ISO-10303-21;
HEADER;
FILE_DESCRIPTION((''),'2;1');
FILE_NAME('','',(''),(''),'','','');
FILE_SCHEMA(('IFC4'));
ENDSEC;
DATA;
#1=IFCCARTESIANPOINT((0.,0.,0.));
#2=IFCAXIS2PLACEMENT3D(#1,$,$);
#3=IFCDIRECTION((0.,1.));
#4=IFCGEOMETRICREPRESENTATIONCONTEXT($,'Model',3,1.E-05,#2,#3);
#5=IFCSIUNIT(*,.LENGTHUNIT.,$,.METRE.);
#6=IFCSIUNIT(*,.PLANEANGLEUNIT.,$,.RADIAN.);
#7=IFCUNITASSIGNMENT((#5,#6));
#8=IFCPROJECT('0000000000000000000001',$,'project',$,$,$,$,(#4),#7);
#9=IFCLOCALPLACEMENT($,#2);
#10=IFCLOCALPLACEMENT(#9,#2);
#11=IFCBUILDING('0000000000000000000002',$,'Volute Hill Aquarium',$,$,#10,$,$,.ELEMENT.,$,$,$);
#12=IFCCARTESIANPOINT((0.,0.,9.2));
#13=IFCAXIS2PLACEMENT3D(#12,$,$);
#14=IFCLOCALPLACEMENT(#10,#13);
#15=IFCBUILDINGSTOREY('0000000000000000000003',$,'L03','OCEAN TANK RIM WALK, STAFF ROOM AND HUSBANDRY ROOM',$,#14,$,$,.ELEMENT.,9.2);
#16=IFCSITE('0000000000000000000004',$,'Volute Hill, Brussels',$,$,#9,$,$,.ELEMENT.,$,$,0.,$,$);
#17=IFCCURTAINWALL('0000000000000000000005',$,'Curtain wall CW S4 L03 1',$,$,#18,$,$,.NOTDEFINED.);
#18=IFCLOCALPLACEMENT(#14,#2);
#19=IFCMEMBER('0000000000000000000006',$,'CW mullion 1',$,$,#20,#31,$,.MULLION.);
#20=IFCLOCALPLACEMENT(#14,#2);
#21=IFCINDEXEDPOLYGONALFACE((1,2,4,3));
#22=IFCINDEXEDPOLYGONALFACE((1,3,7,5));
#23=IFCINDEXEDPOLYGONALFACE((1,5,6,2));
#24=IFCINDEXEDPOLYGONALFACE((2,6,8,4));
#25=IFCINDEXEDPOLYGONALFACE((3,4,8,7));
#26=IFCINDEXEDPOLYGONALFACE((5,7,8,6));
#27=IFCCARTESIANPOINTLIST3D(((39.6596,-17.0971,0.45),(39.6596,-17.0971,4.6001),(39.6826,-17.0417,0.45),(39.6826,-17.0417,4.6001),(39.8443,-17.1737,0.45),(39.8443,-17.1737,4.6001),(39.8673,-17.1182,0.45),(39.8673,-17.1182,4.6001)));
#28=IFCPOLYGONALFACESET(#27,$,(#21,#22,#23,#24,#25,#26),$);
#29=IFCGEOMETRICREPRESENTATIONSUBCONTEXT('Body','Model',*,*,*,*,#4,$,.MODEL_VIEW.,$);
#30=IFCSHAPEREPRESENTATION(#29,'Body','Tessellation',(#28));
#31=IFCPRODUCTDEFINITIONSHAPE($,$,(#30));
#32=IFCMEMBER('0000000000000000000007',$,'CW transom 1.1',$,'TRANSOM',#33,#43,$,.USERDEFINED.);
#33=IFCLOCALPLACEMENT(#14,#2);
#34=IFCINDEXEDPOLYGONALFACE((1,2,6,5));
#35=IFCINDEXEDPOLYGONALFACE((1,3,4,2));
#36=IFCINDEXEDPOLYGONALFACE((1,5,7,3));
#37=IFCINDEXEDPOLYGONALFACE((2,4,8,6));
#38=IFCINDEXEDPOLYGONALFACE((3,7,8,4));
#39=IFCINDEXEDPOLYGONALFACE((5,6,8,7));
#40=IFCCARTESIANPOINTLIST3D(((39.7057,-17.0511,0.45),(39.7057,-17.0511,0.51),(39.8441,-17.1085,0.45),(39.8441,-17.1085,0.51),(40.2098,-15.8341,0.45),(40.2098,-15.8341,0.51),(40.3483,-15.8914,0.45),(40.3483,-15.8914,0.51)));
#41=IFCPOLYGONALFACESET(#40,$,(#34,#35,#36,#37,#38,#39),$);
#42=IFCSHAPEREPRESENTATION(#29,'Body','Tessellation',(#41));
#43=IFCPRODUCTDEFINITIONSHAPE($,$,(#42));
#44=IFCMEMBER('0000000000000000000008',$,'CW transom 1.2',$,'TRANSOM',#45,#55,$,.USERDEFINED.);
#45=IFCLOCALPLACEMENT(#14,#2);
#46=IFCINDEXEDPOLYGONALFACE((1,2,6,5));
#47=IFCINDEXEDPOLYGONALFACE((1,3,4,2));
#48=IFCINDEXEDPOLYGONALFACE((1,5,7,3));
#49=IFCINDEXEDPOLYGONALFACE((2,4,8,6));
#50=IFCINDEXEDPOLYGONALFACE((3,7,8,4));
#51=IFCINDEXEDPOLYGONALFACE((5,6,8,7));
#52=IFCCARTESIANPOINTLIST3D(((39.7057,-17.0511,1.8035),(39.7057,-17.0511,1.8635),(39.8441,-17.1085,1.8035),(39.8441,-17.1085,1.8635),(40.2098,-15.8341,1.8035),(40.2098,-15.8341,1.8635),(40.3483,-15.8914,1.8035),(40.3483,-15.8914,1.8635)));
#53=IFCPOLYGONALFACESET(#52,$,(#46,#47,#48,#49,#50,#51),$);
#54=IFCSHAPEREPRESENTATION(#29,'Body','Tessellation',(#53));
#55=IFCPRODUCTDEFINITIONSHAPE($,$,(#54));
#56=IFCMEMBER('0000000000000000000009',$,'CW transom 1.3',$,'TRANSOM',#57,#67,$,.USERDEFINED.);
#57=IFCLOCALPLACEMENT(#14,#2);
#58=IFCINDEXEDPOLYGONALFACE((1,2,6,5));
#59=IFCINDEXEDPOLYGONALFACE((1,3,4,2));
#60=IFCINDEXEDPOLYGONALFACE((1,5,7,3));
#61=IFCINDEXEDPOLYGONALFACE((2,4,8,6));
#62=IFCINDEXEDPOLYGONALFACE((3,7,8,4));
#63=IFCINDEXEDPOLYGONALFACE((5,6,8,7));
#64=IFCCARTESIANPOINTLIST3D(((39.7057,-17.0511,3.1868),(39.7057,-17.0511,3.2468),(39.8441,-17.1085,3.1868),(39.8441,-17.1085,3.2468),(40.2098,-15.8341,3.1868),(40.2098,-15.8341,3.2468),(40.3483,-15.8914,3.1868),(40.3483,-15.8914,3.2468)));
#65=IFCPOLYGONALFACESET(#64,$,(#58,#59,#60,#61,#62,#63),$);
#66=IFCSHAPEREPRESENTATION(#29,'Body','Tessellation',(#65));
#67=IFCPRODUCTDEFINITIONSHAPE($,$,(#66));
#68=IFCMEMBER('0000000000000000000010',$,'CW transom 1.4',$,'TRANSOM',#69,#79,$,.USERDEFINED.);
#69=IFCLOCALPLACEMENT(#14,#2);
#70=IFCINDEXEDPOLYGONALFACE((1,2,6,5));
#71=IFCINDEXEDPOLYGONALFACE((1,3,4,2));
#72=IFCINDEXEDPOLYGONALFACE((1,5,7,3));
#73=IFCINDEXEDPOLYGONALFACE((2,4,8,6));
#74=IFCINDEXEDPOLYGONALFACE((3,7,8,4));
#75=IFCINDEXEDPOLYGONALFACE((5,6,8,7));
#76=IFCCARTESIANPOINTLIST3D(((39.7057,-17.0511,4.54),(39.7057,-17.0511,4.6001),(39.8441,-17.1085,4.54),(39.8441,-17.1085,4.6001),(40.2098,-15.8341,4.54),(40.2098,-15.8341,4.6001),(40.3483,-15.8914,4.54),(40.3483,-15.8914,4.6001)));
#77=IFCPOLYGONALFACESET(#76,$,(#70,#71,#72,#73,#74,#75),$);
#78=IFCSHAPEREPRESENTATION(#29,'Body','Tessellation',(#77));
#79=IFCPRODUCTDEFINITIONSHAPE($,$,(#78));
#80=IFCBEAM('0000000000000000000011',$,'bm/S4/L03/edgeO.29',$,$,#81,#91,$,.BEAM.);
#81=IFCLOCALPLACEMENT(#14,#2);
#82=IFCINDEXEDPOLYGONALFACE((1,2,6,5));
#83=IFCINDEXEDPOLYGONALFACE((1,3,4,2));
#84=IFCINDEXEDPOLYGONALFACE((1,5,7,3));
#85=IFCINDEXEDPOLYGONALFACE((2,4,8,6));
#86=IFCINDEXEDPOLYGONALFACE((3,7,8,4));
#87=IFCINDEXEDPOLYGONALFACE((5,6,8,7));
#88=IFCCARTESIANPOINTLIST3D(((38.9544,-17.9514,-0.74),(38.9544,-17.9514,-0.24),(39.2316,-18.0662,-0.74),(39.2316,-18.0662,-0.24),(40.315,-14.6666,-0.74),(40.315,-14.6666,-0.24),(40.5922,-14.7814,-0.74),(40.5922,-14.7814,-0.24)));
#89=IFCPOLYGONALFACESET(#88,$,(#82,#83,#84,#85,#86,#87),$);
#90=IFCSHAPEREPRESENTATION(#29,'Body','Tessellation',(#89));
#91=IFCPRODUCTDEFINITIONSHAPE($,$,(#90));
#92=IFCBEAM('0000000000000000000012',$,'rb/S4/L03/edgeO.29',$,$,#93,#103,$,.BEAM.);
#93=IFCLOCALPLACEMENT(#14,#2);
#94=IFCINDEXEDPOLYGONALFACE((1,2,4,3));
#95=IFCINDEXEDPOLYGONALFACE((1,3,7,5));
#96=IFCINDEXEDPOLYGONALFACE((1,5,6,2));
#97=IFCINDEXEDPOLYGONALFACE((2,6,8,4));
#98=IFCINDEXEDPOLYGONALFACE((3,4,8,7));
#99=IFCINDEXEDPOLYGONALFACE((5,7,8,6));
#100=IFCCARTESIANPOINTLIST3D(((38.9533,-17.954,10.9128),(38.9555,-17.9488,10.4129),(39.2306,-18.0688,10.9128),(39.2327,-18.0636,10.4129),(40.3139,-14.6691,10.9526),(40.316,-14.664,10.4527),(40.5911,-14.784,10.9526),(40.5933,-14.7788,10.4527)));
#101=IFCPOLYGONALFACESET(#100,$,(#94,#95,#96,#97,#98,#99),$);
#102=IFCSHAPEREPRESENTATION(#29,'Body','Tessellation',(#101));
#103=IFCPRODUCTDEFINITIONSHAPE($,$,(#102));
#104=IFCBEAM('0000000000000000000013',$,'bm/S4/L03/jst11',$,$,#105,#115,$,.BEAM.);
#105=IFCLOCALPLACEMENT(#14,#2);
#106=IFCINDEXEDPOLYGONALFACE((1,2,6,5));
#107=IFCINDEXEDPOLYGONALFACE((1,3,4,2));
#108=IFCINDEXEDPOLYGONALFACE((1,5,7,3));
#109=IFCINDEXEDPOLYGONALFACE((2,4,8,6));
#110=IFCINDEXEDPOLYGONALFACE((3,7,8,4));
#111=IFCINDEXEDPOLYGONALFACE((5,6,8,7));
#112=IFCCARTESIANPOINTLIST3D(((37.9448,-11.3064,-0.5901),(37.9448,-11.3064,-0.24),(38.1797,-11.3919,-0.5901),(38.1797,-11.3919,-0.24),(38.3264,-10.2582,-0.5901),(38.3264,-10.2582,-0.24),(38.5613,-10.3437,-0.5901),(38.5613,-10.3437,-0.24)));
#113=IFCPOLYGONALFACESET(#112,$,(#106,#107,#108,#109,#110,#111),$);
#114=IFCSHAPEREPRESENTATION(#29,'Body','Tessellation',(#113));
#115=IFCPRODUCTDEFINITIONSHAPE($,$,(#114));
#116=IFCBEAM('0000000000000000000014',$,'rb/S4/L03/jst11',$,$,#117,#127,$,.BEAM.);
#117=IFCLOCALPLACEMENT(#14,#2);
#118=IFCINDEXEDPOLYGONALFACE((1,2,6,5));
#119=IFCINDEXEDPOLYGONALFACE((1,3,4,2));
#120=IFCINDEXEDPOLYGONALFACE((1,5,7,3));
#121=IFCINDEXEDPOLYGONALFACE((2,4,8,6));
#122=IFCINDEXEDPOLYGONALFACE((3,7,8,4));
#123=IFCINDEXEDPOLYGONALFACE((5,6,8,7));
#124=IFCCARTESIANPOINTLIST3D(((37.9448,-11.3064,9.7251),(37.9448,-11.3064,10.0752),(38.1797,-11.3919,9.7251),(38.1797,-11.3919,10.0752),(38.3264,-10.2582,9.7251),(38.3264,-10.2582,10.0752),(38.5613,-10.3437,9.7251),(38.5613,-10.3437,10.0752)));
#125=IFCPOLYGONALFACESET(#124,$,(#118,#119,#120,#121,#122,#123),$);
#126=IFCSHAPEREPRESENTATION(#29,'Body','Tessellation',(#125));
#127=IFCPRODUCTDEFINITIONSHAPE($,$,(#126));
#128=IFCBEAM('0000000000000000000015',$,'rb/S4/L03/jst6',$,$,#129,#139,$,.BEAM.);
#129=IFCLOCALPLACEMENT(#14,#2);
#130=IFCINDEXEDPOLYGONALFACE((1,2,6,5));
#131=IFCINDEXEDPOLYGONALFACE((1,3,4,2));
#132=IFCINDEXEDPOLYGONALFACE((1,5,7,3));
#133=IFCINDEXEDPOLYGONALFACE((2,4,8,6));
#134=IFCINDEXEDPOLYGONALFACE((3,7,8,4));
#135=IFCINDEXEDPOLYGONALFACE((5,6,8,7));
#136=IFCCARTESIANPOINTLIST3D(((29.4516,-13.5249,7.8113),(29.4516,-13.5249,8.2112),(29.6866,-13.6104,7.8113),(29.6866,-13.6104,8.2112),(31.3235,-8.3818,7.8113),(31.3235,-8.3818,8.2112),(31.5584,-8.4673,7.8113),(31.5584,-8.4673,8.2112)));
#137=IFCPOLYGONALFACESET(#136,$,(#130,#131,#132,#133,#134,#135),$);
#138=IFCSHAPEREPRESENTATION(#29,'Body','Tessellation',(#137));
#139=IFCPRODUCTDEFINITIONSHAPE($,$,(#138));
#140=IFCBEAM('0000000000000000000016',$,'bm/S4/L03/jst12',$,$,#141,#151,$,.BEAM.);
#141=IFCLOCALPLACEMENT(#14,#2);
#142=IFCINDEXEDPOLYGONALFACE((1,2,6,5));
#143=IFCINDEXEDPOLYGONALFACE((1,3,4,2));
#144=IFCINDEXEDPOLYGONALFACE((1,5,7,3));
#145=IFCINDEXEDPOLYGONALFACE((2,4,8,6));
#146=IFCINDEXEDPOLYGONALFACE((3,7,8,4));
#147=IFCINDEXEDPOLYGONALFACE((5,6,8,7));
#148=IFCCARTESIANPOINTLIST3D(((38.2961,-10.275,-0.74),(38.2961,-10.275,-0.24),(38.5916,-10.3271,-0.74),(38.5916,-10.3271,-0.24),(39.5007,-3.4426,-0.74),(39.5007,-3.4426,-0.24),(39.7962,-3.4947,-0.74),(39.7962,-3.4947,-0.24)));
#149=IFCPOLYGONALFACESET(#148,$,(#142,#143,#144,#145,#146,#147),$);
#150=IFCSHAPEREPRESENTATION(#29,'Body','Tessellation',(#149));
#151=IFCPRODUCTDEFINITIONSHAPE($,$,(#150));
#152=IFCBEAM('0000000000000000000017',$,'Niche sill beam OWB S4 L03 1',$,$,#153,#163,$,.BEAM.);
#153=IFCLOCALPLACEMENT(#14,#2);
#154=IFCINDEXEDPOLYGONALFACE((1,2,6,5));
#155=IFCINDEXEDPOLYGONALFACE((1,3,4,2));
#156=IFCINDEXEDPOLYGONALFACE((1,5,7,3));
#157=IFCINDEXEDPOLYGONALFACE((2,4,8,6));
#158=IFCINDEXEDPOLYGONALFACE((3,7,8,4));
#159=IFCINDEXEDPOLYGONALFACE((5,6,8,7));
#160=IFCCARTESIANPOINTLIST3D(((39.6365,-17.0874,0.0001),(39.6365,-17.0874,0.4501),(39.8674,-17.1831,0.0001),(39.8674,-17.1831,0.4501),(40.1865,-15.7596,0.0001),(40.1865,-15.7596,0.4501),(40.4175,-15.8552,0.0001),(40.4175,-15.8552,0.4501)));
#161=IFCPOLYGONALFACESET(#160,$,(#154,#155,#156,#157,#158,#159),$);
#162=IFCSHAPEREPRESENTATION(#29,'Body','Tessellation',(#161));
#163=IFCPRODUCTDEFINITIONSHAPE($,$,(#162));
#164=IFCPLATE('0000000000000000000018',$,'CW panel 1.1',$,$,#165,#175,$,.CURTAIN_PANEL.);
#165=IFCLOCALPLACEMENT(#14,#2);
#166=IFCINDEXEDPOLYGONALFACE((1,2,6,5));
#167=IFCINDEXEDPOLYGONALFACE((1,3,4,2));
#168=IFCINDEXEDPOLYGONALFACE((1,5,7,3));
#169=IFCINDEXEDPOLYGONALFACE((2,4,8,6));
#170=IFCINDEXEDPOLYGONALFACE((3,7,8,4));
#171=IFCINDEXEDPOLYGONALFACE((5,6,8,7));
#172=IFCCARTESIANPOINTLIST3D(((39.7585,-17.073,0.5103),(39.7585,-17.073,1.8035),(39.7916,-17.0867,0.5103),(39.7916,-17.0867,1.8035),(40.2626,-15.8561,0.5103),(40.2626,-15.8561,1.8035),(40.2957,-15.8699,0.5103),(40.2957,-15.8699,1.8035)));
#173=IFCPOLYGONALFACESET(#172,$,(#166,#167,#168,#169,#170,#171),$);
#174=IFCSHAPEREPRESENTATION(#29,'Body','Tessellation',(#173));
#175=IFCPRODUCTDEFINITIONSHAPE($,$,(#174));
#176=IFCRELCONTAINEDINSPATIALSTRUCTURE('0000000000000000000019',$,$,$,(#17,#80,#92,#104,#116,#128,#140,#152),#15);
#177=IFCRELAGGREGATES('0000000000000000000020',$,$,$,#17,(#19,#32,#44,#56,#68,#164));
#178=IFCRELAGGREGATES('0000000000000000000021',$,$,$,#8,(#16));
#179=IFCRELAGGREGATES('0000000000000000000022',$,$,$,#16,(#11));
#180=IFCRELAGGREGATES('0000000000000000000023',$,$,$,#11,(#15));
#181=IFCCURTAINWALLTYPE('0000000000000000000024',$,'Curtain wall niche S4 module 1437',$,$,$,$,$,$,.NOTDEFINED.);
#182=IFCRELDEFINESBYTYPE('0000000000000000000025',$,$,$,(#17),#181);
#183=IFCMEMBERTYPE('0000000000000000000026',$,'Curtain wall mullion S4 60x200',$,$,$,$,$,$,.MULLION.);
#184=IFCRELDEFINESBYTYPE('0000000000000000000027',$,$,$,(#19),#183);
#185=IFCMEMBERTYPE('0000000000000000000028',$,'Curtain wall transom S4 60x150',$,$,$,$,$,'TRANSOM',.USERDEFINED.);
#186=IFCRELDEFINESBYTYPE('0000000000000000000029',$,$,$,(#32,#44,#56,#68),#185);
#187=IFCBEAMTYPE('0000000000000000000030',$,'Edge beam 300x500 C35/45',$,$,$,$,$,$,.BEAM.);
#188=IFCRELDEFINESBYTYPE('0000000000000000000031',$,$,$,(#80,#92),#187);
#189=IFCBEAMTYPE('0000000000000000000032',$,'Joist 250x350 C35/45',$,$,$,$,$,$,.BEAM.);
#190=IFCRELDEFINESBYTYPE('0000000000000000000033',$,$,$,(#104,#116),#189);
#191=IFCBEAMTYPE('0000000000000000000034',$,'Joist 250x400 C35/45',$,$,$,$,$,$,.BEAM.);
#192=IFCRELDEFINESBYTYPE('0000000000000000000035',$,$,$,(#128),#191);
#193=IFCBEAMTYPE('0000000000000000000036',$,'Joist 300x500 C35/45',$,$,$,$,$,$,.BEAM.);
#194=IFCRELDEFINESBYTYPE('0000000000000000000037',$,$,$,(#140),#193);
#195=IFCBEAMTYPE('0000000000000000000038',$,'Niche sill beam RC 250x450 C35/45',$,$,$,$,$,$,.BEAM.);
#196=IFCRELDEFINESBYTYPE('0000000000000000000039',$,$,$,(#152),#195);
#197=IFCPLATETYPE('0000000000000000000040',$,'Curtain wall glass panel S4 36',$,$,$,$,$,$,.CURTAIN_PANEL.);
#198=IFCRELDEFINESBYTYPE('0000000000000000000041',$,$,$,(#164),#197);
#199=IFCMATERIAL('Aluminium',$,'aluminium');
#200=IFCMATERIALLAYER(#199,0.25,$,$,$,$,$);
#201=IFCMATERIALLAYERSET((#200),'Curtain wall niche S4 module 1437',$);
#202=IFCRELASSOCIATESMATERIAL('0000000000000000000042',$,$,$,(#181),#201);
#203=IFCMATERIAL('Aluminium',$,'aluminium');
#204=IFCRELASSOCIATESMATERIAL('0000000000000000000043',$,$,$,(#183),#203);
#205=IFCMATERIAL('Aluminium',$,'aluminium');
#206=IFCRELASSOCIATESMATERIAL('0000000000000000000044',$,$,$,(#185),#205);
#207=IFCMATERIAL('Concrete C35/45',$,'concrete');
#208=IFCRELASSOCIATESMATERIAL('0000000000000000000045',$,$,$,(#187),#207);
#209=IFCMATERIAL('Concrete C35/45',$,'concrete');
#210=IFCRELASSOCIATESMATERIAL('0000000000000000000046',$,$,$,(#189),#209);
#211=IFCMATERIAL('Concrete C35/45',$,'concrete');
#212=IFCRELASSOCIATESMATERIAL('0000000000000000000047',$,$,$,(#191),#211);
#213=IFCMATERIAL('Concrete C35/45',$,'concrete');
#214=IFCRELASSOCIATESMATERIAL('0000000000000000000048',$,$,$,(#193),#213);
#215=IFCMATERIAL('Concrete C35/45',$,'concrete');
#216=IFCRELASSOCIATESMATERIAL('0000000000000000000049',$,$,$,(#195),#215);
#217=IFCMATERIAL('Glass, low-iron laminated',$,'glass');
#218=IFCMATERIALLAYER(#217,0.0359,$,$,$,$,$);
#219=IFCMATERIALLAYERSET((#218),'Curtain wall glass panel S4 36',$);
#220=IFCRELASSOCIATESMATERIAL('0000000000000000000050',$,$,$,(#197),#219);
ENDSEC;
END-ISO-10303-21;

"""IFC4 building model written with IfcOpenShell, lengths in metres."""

from ifc_helpers import new_model, si_unit, direction, frame, origin, origin_2d, place, context, subcontext, project, spatial, rectangle, extrude, material, layer, layer_set, material_profile, profile_set, type_object, element, aggregate, save


model = new_model("IFC4")

# Units and contexts
model_context = context("Model", 3, precision=1e-05, world=origin(), true_north=direction((0.0, 1.0)))
body_context = subcontext(model_context, "Body", "Model", "MODEL_VIEW")
ifc_project = project(units=[si_unit("LENGTHUNIT", "METRE"), si_unit("PLANEANGLEUNIT", "RADIAN")], contexts=[model_context])

# Site, building, storey
site_placement = place(None, origin())
site = spatial("IfcSite", under=ifc_project, at=site_placement, Name="Volute Hill, Brussels", CompositionType="ELEMENT", RefElevation=0.0)
building_placement = place(site_placement, origin())
building = spatial("IfcBuilding", under=site, at=building_placement, Name="Volute Hill Aquarium", CompositionType="ELEMENT")
storey_placement = place(building_placement, frame((0.0, 0.0, 9.2)))
storey = spatial("IfcBuildingStorey", under=building, at=storey_placement, Name="L03", Description="OCEAN TANK RIM WALK, STAFF ROOM AND HUSBANDRY ROOM", CompositionType="ELEMENT", Elevation=9.2)

# Curtain wall, members
ifc_material_1 = material(Name="Aluminium", Category="aluminium")
ifc_layer_1 = layer(ifc_material_1, 0.25)
ifc_layer_set_1 = layer_set([ifc_layer_1], Name="Curtain wall niche S4 module 1437")
curtain_wall_type = type_object("IfcCurtainWallType", Name="Curtain wall niche S4 module 1437", PredefinedType="NOTDEFINED", material=ifc_layer_set_1)
curtain_wall_placement = place(storey_placement, origin())
curtain_wall = element("IfcCurtainWall", 1, at=curtain_wall_placement, inside=storey, type_object=curtain_wall_type, Name="Curtain wall CW S4 L03 1", PredefinedType="NOTDEFINED")
ifc_material_2 = material(Name="Aluminium", Category="aluminium")
ifc_material_profile_1 = material_profile(ifc_material_2, rectangle(XDim=0.2, YDim=0.0601, at=origin_2d()), Name="Curtain wall mullion S4 60x200")
ifc_profile_set_1 = profile_set([ifc_material_profile_1], Name="Aluminium")
member_type_1 = type_object("IfcMemberType", Name="Curtain wall mullion S4 60x200", PredefinedType="MULLION", material=ifc_profile_set_1)
member_1_placement = place(storey_placement, frame((39.7634, -17.1077, 0.45), z_axis=(0.0, 0.0, 1.0), x_axis=(-0.923874, 0.382697, 0.0)))
member_1 = element("IfcMember", 2, at=member_1_placement, type_object=member_type_1, Name="CW mullion 1", PredefinedType="MULLION", context=body_context, shape_type="SweptSolid", body=[
    extrude(rectangle(XDim=0.2, YDim=0.0601, at=origin_2d()), origin(), (0.0, 0.0, 1.0), 4.1501),
])
ifc_material_3 = material(Name="Aluminium", Category="aluminium")
ifc_material_profile_2 = material_profile(ifc_material_3, rectangle(XDim=0.1499, YDim=0.0601, at=origin_2d()), Name="Curtain wall transom S4 60x150")
ifc_profile_set_2 = profile_set([ifc_material_profile_2], Name="Aluminium")
member_type_2 = type_object("IfcMemberType", Name="Curtain wall transom S4 60x150", ElementType="TRANSOM", PredefinedType="USERDEFINED", material=ifc_profile_set_2)
member_2_placement = place(storey_placement, frame((39.7749, -17.0798, 0.48), z_axis=(0.382706, 0.92387, 0.0), x_axis=(-0.92387, 0.382706, 0.0)))
member_2 = element("IfcMember", 3, at=member_2_placement, type_object=member_type_2, Name="CW transom 1.1", ObjectType="TRANSOM", PredefinedType="USERDEFINED", context=body_context, shape_type="SweptSolid", body=[
    extrude(rectangle(XDim=0.1499, YDim=0.0601, at=origin_2d()), origin(), (0.0, 0.0, 1.0), 1.3174),
])
member_3_placement = place(storey_placement, frame((39.7749, -17.0798, 1.8335), z_axis=(0.382706, 0.92387, 0.0), x_axis=(-0.92387, 0.382706, 0.0)))
member_3 = element("IfcMember", 4, at=member_3_placement, type_object=member_type_2, Name="CW transom 1.2", ObjectType="TRANSOM", PredefinedType="USERDEFINED", context=body_context, shape_type="SweptSolid", body=[
    extrude(rectangle(XDim=0.1499, YDim=0.0601, at=origin_2d()), origin(), (0.0, 0.0, 1.0), 1.3174),
])
member_4_placement = place(storey_placement, frame((39.7749, -17.0798, 3.2168), z_axis=(0.382706, 0.92387, 0.0), x_axis=(-0.92387, 0.382706, 0.0)))
member_4 = element("IfcMember", 5, at=member_4_placement, type_object=member_type_2, Name="CW transom 1.3", ObjectType="TRANSOM", PredefinedType="USERDEFINED", context=body_context, shape_type="SweptSolid", body=[
    extrude(rectangle(XDim=0.1499, YDim=0.0601, at=origin_2d()), origin(), (0.0, 0.0, 1.0), 1.3174),
])
member_5_placement = place(storey_placement, frame((39.7749, -17.0798, 4.5701), z_axis=(0.382706, 0.92387, 0.0), x_axis=(-0.92387, 0.382706, 0.0)))
member_5 = element("IfcMember", 6, at=member_5_placement, type_object=member_type_2, Name="CW transom 1.4", ObjectType="TRANSOM", PredefinedType="USERDEFINED", context=body_context, shape_type="SweptSolid", body=[
    extrude(rectangle(XDim=0.1499, YDim=0.0601, at=origin_2d()), origin(), (0.0, 0.0, 1.0), 1.3174),
])

# Beams
ifc_material_4 = material(Name="Concrete C35/45", Category="concrete")
ifc_material_profile_3 = material_profile(ifc_material_4, rectangle(XDim=0.3, YDim=0.5, at=origin_2d()), Name="RC edge beam 300x500")
ifc_profile_set_3 = profile_set([ifc_material_profile_3], Name="Concrete C35/45")
beam_type_1 = type_object("IfcBeamType", Name="Edge beam 300x500 C35/45", PredefinedType="BEAM", material=ifc_profile_set_3)
beam_1_placement = place(storey_placement, frame((39.093, -18.0088, -0.49), z_axis=(0.382669, 0.923885, 0.0), x_axis=(-0.923885, 0.382669, 0.0)))
element("IfcBeam", 7, at=beam_1_placement, inside=storey, type_object=beam_type_1, Name="bm/S4/L03/edgeO.29", PredefinedType="BEAM", context=body_context, shape_type="SweptSolid", body=[
    extrude(rectangle(XDim=0.3, YDim=0.5, at=origin_2d()), origin(), (0.0, 0.0, 1.0), 3.5554),
])
beam_2_placement = place(storey_placement, frame((39.093, -18.0088, 10.6628), z_axis=(0.382645, 0.923828, 0.011192), x_axis=(-0.923885, 0.382669, 0.0)))
element("IfcBeam", 8, at=beam_2_placement, inside=storey, type_object=beam_type_1, Name="rb/S4/L03/edgeO.29", PredefinedType="BEAM", context=body_context, shape_type="SweptSolid", body=[
    extrude(rectangle(XDim=0.3, YDim=0.5, at=origin_2d()), origin(), (0.0, 0.0, 1.0), 3.5557),
])
ifc_material_5 = material(Name="Concrete C35/45", Category="concrete")
ifc_material_profile_4 = material_profile(ifc_material_5, rectangle(XDim=0.25, YDim=0.3501, at=origin_2d()), Name="RC joist 250x350")
ifc_profile_set_4 = profile_set([ifc_material_profile_4], Name="Concrete C35/45")
beam_type_2 = type_object("IfcBeamType", Name="Joist 250x350 C35/45", PredefinedType="BEAM", material=ifc_profile_set_4)
for number, where, z_axis, x_axis, name in (
    (9, (38.0623, -11.3491, -0.415), (0.342112, 0.939659, 0.0), (-0.939659, 0.342112, 0.0), "bm/S4/L03/jst11"),
    (10, (38.0623, -11.3491, 9.9001), (0.342112, 0.939659, 0.0), (-0.939659, 0.342112, 0.0), "rb/S4/L03/jst11"),
):
    element("IfcBeam", number, at=place(storey_placement, frame(where, z_axis=z_axis, x_axis=x_axis)), inside=storey, type_object=beam_type_2, Name=name, PredefinedType="BEAM", context=body_context, shape_type="SweptSolid", body=[
        extrude(rectangle(XDim=0.25, YDim=0.3501, at=origin_2d()), origin(), (0.0, 0.0, 1.0), 1.1155),
    ])
ifc_material_6 = material(Name="Concrete C35/45", Category="concrete")
ifc_material_profile_5 = material_profile(ifc_material_6, rectangle(XDim=0.25, YDim=0.3999, at=origin_2d()), Name="RC joist 250x400")
ifc_profile_set_5 = profile_set([ifc_material_profile_5], Name="Concrete C35/45")
beam_type_3 = type_object("IfcBeamType", Name="Joist 250x400 C35/45", PredefinedType="BEAM", material=ifc_profile_set_5)
beam_3_placement = place(storey_placement, frame((29.5691, -13.5676, 8.0112), z_axis=(0.342005, 0.939698, 0.0), x_axis=(-0.939698, 0.342005, 0.0)))
element("IfcBeam", 11, at=beam_3_placement, inside=storey, type_object=beam_type_3, Name="rb/S4/L03/jst6", PredefinedType="BEAM", context=body_context, shape_type="SweptSolid", body=[
    extrude(rectangle(XDim=0.25, YDim=0.3999, at=origin_2d()), origin(), (0.0, 0.0, 1.0), 5.4731),
])
ifc_material_7 = material(Name="Concrete C35/45", Category="concrete")
ifc_material_profile_6 = material_profile(ifc_material_7, rectangle(XDim=0.3, YDim=0.5, at=origin_2d()), Name="RC joist 300x500")
ifc_profile_set_6 = profile_set([ifc_material_profile_6], Name="Concrete C35/45")
beam_type_4 = type_object("IfcBeamType", Name="Joist 300x500 C35/45", PredefinedType="BEAM", material=ifc_profile_set_6)
beam_4_placement = place(storey_placement, frame((38.4438, -10.301, -0.49), z_axis=(0.173631, 0.984811, 0.0), x_axis=(-0.984811, 0.173631, 0.0)))
element("IfcBeam", 12, at=beam_4_placement, inside=storey, type_object=beam_type_4, Name="bm/S4/L03/jst12", PredefinedType="BEAM", context=body_context, shape_type="SweptSolid", body=[
    extrude(rectangle(XDim=0.3, YDim=0.5, at=origin_2d()), origin(), (0.0, 0.0, 1.0), 6.9377),
])
ifc_material_8 = material(Name="Concrete C35/45", Category="concrete")
ifc_material_profile_7 = material_profile(ifc_material_8, rectangle(XDim=0.25, YDim=0.45, at=origin_2d()), Name="RC beam 250x450")
ifc_profile_set_7 = profile_set([ifc_material_profile_7], Name="Concrete C35/45")
beam_type_5 = type_object("IfcBeamType", Name="Niche sill beam RC 250x450 C35/45", PredefinedType="BEAM", material=ifc_profile_set_7)
beam_5_placement = place(storey_placement, frame((39.752, -17.1353, 0.2251), z_axis=(0.382697, 0.923874, 0.0), x_axis=(-0.923874, 0.382697, 0.0)))
element("IfcBeam", 13, at=beam_5_placement, inside=storey, type_object=beam_type_5, Name="Niche sill beam OWB S4 L03 1", PredefinedType="BEAM", context=body_context, shape_type="SweptSolid", body=[
    extrude(rectangle(XDim=0.25, YDim=0.45, at=origin_2d()), origin(), (0.0, 0.0, 1.0), 1.4373),
])

# Plate
ifc_material_9 = material(Name="Glass, low-iron laminated", Category="glass")
ifc_layer_2 = layer(ifc_material_9, 0.0359)
ifc_layer_set_2 = layer_set([ifc_layer_2], Name="Curtain wall glass panel S4 36")
plate_type = type_object("IfcPlateType", Name="Curtain wall glass panel S4 36", PredefinedType="CURTAIN_PANEL", material=ifc_layer_set_2)
plate_placement = place(storey_placement, frame((40.0271, -16.4714, 0.5103), z_axis=(0.0, 0.0, 1.0), x_axis=(0.382697, 0.923874, 0.0)))
plate = element("IfcPlate", 14, at=plate_placement, type_object=plate_type, Name="CW panel 1.1", PredefinedType="CURTAIN_PANEL", context=body_context, shape_type="SweptSolid", body=[
    extrude(rectangle(XDim=1.3171, YDim=0.0359, at=origin_2d()), origin(), (0.0, 0.0, 1.0), 1.2932),
])
aggregate(curtain_wall, [member_1, member_2, member_3, member_4, member_5, plate])

save(model, "model.ifc")
